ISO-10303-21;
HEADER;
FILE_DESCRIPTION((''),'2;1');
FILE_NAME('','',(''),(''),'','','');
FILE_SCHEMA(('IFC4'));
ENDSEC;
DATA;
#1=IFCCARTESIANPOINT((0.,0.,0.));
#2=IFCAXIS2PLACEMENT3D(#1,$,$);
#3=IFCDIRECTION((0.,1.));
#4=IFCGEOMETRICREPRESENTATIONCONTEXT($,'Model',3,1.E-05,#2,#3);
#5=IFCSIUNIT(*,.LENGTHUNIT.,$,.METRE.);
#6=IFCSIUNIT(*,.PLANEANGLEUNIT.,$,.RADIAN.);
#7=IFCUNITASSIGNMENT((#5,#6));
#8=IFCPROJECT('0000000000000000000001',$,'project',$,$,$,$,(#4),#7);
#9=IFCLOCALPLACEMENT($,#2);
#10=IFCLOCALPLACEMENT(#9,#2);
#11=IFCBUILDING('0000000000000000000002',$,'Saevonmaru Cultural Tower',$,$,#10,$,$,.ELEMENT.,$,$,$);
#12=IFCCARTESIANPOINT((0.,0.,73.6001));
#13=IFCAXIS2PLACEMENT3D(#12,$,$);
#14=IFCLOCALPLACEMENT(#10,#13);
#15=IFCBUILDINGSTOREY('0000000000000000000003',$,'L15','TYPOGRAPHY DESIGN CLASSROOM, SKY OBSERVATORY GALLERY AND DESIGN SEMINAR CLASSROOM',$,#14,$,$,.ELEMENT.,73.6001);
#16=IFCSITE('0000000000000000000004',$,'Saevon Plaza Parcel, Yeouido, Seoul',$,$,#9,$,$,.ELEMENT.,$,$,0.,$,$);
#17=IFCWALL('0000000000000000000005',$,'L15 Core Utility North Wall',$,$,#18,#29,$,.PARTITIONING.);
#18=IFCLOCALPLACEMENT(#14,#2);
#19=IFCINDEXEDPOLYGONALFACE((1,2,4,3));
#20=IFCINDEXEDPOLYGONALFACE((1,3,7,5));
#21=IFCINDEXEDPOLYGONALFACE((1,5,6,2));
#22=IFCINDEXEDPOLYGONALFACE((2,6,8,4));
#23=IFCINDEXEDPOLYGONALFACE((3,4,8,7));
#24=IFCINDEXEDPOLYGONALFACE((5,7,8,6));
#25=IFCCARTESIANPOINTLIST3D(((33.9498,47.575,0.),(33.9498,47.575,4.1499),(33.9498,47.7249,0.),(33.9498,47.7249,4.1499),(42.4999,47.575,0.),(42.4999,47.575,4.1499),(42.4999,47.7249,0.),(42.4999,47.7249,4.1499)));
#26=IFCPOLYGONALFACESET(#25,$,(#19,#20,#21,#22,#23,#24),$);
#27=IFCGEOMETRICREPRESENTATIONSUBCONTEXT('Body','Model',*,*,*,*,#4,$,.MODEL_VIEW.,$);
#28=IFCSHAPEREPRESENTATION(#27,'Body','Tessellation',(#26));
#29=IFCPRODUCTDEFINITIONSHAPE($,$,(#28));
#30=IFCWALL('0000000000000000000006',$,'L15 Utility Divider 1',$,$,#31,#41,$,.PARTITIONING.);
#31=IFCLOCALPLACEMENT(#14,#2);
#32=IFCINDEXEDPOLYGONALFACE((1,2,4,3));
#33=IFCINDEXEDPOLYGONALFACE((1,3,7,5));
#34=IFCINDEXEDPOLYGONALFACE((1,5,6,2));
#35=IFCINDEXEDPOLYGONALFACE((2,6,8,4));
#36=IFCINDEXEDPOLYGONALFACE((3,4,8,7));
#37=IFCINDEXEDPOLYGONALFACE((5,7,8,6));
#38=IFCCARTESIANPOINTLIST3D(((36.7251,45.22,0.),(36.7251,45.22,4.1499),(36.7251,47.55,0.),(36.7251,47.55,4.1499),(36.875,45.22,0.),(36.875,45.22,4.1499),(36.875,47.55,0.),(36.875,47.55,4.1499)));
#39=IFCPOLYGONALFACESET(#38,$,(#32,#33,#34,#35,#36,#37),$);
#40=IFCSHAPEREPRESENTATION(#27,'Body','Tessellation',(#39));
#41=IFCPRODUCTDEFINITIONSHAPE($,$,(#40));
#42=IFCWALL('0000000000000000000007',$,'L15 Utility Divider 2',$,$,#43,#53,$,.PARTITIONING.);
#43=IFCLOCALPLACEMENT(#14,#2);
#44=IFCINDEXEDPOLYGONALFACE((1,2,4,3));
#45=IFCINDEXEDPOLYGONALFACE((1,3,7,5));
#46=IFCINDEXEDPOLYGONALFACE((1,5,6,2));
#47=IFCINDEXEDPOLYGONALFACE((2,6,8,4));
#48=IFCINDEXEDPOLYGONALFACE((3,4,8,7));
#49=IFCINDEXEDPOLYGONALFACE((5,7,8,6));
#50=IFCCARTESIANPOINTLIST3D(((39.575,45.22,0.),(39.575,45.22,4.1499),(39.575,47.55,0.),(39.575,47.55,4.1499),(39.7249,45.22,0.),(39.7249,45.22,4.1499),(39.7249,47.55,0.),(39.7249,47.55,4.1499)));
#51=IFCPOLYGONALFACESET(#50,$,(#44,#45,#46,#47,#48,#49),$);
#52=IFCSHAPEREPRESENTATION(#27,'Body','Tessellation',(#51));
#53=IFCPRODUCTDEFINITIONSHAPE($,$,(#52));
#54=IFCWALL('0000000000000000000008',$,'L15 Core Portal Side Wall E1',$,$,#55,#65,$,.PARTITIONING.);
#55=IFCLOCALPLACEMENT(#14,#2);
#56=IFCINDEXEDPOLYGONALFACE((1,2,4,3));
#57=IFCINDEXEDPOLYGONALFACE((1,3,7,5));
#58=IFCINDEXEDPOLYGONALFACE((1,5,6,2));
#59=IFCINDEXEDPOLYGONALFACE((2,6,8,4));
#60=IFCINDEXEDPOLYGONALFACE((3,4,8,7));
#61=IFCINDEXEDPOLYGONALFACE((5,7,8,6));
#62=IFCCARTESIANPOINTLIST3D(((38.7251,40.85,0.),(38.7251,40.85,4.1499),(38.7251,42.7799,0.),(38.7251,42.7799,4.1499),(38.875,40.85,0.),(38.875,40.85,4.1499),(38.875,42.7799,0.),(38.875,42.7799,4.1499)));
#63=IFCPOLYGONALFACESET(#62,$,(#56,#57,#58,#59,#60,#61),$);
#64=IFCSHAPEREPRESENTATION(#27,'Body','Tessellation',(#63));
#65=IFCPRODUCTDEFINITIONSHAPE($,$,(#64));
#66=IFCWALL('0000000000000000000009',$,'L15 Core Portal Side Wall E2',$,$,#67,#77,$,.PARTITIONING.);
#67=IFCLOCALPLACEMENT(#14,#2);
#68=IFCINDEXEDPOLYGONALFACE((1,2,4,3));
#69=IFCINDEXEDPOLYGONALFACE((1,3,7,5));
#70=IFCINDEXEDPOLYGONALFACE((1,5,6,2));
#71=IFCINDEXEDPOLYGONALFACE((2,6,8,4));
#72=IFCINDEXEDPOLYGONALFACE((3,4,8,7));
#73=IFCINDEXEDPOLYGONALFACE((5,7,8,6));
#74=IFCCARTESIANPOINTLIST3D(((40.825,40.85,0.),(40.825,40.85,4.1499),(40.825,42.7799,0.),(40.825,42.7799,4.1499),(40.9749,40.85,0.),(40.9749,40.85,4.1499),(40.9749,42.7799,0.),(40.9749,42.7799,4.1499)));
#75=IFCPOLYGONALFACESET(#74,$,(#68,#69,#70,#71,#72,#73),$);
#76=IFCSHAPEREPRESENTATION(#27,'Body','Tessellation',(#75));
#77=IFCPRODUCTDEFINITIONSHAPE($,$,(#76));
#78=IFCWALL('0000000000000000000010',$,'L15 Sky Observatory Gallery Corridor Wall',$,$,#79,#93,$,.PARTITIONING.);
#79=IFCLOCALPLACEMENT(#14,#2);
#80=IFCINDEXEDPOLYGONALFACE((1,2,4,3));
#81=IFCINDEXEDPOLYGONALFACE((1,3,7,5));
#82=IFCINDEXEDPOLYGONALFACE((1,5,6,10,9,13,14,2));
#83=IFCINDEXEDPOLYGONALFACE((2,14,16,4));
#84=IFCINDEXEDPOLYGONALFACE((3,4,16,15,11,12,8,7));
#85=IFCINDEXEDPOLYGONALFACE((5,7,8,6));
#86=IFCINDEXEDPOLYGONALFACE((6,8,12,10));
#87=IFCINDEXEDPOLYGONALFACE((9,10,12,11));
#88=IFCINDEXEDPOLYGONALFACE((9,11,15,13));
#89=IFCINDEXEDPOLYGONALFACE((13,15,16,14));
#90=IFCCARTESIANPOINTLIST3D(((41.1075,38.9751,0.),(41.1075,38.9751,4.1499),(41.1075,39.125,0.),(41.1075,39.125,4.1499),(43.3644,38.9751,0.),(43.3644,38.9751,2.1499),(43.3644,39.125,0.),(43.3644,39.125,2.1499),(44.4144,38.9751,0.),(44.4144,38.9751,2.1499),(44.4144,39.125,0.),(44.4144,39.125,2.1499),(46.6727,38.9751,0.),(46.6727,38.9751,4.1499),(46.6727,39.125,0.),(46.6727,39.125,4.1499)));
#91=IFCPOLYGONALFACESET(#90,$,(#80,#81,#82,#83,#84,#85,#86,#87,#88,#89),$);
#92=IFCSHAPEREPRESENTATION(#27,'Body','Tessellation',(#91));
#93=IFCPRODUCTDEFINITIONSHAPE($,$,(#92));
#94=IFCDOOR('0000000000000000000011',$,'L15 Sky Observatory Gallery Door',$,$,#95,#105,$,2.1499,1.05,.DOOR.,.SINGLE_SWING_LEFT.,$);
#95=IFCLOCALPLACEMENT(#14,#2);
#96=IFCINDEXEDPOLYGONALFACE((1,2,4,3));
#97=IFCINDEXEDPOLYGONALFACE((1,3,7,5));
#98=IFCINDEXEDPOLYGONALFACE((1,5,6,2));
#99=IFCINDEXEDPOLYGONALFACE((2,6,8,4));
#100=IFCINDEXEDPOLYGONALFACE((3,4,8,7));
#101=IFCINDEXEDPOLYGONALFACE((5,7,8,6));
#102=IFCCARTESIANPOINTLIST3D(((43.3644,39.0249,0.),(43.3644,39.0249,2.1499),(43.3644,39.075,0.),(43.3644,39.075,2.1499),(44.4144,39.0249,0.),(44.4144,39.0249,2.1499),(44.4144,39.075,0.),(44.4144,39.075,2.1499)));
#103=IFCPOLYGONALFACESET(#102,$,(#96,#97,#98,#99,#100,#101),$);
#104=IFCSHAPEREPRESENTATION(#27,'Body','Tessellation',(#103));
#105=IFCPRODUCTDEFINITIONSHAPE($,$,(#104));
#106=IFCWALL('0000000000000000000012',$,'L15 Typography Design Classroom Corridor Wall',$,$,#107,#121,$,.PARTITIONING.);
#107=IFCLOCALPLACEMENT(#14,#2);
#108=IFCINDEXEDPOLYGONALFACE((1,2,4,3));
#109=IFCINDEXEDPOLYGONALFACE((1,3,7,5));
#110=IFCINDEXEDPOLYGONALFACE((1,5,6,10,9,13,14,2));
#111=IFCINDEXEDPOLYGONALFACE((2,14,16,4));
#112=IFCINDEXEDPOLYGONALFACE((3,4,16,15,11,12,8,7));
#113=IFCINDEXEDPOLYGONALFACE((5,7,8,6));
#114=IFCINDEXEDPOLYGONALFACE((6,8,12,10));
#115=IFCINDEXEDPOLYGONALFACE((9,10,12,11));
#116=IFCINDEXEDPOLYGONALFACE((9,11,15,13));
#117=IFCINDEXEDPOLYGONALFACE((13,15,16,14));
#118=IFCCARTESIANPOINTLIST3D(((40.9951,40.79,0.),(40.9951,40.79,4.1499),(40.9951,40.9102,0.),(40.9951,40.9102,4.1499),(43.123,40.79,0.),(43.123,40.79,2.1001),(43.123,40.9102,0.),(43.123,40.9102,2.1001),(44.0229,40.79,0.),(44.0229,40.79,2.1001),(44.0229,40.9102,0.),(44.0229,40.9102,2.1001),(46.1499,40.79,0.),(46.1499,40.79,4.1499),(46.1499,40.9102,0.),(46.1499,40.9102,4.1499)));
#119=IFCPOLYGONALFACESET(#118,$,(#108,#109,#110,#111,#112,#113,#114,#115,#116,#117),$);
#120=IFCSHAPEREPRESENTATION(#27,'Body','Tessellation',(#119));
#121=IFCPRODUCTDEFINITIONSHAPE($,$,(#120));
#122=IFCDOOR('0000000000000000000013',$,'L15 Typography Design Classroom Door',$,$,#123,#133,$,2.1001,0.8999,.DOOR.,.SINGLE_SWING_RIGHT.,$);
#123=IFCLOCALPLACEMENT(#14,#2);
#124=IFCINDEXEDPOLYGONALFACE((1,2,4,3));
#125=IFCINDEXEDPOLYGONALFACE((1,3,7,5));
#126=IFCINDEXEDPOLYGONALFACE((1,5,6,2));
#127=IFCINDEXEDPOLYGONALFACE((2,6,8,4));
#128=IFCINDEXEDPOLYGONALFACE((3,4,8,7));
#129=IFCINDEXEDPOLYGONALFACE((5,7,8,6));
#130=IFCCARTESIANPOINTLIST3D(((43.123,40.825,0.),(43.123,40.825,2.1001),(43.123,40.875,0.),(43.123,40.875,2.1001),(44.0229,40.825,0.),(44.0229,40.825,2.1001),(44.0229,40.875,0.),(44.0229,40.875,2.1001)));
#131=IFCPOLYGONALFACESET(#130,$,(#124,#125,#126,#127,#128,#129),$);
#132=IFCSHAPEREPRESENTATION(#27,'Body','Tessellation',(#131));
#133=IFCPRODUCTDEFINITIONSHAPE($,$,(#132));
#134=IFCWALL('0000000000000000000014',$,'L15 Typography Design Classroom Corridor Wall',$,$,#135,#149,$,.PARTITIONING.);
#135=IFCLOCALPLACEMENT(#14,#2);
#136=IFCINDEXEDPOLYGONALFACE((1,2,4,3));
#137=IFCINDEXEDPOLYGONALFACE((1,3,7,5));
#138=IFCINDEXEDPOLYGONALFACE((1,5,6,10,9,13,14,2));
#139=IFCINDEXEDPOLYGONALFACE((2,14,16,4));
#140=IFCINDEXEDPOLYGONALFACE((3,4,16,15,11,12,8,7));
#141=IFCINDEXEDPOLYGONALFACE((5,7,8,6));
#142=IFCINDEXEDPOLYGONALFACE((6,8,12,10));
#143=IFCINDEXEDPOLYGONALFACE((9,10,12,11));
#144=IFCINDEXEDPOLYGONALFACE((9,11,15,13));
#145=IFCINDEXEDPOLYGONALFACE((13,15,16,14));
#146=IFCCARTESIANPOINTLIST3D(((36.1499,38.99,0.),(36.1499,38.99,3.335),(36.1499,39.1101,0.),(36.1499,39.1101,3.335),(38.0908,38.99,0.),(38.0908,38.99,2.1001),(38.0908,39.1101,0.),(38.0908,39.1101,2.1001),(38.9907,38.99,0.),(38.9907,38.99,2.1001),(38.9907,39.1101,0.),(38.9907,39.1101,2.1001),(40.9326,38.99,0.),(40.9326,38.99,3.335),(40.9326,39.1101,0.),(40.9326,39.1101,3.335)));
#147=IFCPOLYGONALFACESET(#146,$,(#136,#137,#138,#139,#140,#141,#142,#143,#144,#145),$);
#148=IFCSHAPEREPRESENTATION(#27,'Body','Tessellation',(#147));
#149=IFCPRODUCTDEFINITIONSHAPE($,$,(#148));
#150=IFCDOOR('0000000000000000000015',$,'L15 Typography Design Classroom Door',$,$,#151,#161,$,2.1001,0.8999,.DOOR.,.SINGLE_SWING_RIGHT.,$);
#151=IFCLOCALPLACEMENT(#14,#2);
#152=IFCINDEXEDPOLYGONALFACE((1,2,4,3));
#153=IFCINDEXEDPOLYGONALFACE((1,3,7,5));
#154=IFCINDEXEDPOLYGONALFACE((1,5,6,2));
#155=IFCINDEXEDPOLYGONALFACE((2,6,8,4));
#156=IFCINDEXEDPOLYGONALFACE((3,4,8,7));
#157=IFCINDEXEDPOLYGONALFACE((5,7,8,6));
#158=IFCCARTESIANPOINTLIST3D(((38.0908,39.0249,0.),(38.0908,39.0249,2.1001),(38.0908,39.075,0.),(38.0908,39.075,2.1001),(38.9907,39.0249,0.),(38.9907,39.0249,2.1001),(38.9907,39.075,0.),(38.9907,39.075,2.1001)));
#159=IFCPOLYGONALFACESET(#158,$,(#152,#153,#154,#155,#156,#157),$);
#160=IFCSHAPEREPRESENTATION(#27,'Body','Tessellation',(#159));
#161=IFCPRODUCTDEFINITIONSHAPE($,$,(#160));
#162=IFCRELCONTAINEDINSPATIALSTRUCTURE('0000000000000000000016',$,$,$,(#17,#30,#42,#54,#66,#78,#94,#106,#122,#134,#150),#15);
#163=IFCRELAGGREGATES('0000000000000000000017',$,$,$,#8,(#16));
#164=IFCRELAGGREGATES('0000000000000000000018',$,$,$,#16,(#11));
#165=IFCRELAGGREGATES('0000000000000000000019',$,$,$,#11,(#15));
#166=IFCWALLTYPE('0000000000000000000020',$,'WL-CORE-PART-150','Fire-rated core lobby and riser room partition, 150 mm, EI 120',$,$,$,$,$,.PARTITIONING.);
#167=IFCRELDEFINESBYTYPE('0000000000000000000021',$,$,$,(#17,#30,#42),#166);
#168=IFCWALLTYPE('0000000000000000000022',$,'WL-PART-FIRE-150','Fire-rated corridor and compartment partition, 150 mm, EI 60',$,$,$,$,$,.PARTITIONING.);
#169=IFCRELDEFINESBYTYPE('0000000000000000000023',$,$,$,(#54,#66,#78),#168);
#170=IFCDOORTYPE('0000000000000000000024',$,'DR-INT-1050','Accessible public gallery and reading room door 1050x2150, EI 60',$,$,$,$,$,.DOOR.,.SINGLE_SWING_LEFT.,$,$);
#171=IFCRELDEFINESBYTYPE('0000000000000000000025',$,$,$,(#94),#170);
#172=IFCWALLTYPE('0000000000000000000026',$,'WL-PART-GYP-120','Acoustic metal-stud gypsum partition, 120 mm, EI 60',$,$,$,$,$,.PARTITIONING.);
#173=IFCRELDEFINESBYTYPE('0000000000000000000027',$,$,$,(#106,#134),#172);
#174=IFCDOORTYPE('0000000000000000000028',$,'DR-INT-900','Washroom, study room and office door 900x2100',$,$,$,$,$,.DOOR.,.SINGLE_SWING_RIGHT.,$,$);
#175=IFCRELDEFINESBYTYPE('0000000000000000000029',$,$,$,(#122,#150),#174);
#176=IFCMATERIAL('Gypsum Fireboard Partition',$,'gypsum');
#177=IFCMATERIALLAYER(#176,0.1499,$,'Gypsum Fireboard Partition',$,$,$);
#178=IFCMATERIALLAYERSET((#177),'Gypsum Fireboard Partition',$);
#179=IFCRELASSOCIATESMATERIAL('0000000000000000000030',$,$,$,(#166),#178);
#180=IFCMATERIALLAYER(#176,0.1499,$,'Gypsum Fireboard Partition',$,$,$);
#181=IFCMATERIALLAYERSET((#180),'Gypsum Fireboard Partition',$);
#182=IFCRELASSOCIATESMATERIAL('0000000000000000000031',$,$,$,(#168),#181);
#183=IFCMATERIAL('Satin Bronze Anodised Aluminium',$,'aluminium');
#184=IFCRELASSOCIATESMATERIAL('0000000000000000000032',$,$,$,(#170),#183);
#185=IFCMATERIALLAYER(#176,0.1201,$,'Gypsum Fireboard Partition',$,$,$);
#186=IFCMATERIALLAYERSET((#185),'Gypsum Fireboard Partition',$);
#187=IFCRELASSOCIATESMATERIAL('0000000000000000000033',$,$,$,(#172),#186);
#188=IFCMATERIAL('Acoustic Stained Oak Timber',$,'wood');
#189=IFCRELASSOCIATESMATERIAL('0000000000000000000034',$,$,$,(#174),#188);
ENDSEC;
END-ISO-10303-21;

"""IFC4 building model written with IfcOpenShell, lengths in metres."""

from ifc_helpers import new_model, si_unit, direction, frame, frame_2d, origin, place, context, subcontext, project, spatial, rectangle, extrude, material, layer, layer_set, type_object, element, fill, save


model = new_model("IFC4")

# Units and contexts
model_context = context("Model", 3, precision=1e-05, world=origin(), true_north=direction((0.0, 1.0)))
body_context = subcontext(model_context, "Body", "Model", "MODEL_VIEW")
ifc_project = project(units=[si_unit("LENGTHUNIT", "METRE"), si_unit("PLANEANGLEUNIT", "RADIAN")], contexts=[model_context])

# Site, building, storey
site_placement = place(None, origin())
site = spatial("IfcSite", under=ifc_project, at=site_placement, Name="Saevon Plaza Parcel, Yeouido, Seoul", CompositionType="ELEMENT", RefElevation=0.0)
building_placement = place(site_placement, origin())
building = spatial("IfcBuilding", under=site, at=building_placement, Name="Saevonmaru Cultural Tower", CompositionType="ELEMENT")
storey_placement = place(building_placement, frame((0.0, 0.0, 73.6001)))
storey = spatial("IfcBuildingStorey", under=building, at=storey_placement, Name="L15", Description="TYPOGRAPHY DESIGN CLASSROOM, SKY OBSERVATORY GALLERY AND DESIGN SEMINAR CLASSROOM", CompositionType="ELEMENT", Elevation=73.6001)

# Shared definitions
ifc_material_1 = material(Name="Satin Bronze Anodised Aluminium", Category="aluminium")

# Walls
ifc_material_2 = material(Name="Gypsum Fireboard Partition", Category="gypsum")
ifc_layer_1 = layer(ifc_material_2, 0.1499, Name="Gypsum Fireboard Partition")
ifc_layer_set_1 = layer_set([ifc_layer_1], Name="Gypsum Fireboard Partition")
wall_type_1 = type_object("IfcWallType", Name="WL-CORE-PART-150", Description="Fire-rated core lobby and riser room partition, 150 mm, EI 120", PredefinedType="PARTITIONING", material=ifc_layer_set_1)
wall_1_placement = place(storey_placement, frame((33.95, 47.6499, 0.0), z_axis=(0.0, 0.0, 1.0), x_axis=(1.0, 0.0, 0.0)))
element("IfcWall", 1, at=wall_1_placement, inside=storey, type_object=wall_type_1, Name="L15 Core Utility North Wall", PredefinedType="PARTITIONING", context=body_context, shape_type="SweptSolid", body=[
    extrude(rectangle(XDim=8.55, YDim=0.1499, at=frame_2d((4.2749, 0.0))), origin(), (0.0, 0.0, 1.0), 4.1499),
])
for number, where, z_axis, x_axis, name in (
    (2, (36.8, 45.22, 0.0), (0.0, 0.0, 1.0), (0.0, 1.0, 0.0), "L15 Utility Divider 1"),
    (3, (39.6499, 45.22, 0.0), (0.0, 0.0, 1.0), (0.0, 1.0, 0.0), "L15 Utility Divider 2"),
):
    element("IfcWall", number, at=place(storey_placement, frame(where, z_axis=z_axis, x_axis=x_axis)), inside=storey, type_object=wall_type_1, Name=name, PredefinedType="PARTITIONING", context=body_context, shape_type="SweptSolid", body=[
        extrude(rectangle(XDim=2.3301, YDim=0.1499, at=frame_2d((1.165, 0.0))), origin(), (0.0, 0.0, 1.0), 4.1499),
    ])
ifc_layer_2 = layer(ifc_material_2, 0.1499, Name="Gypsum Fireboard Partition")
ifc_layer_set_2 = layer_set([ifc_layer_2], Name="Gypsum Fireboard Partition")
wall_type_2 = type_object("IfcWallType", Name="WL-PART-FIRE-150", Description="Fire-rated corridor and compartment partition, 150 mm, EI 60", PredefinedType="PARTITIONING", material=ifc_layer_set_2)
for number, where, z_axis, x_axis, name in (
    (4, (38.8, 40.8501, 0.0), (0.0, 0.0, 1.0), (0.0, 1.0, 0.0), "L15 Core Portal Side Wall E1"),
    (5, (40.8999, 40.8501, 0.0), (0.0, 0.0, 1.0), (0.0, 1.0, 0.0), "L15 Core Portal Side Wall E2"),
):
    element("IfcWall", number, at=place(storey_placement, frame(where, z_axis=z_axis, x_axis=x_axis)), inside=storey, type_object=wall_type_2, Name=name, PredefinedType="PARTITIONING", context=body_context, shape_type="SweptSolid", body=[
        extrude(rectangle(XDim=1.9299, YDim=0.1499, at=frame_2d((0.9648, 0.0))), origin(), (0.0, 0.0, 1.0), 4.1499),
    ])

# Walls, openings, doors
wall_2_placement = place(storey_placement, frame((41.1074, 39.05, 0.0), z_axis=(0.0, 0.0, 1.0), x_axis=(1.0, 0.0, 0.0)))
wall_2 = element("IfcWall", 6, at=wall_2_placement, inside=storey, type_object=wall_type_2, Name="L15 Sky Observatory Gallery Corridor Wall", PredefinedType="PARTITIONING", context=body_context, shape_type="SweptSolid", body=[
    extrude(rectangle(XDim=5.5652, YDim=0.1499, at=frame_2d((2.7827, 0.0))), origin(), (0.0, 0.0, 1.0), 4.1499),
])
opening_1_placement = place(wall_2_placement, frame((2.2571, 0.0, 0.0)))
opening_1 = element("IfcOpeningElement", 7, at=opening_1_placement, cuts=wall_2, PredefinedType="OPENING", context=body_context, shape_type="SweptSolid", body=[
    extrude(rectangle(XDim=1.05, YDim=2.1499, at=frame_2d((0.5249, 1.075))), frame((0.0, 0.085, 0.0), z_axis=(0.0, -1.0, 0.0), x_axis=(1.0, 0.0, 0.0)), (0.0, 0.0, 1.0), 0.1699),
])
door_type_1 = type_object("IfcDoorType", Name="DR-INT-1050", Description="Accessible public gallery and reading room door 1050x2150, EI 60", OperationType="SINGLE_SWING_LEFT", PredefinedType="DOOR", material=ifc_material_1)
door_1_placement = place(opening_1_placement, origin())
door_1 = element("IfcDoor", 8, at=door_1_placement, inside=storey, type_object=door_type_1, Name="L15 Sky Observatory Gallery Door", OperationType="SINGLE_SWING_LEFT", OverallHeight=2.1499, OverallWidth=1.05, PredefinedType="DOOR", context=body_context, shape_type="SweptSolid", body=[
    extrude(rectangle(XDim=1.05, YDim=2.1499, at=frame_2d((0.5249, 1.075))), frame((0.0, 0.0249, 0.0), z_axis=(0.0, -1.0, 0.0), x_axis=(1.0, 0.0, 0.0)), (0.0, 0.0, 1.0), 0.05),
])
fill(opening_1, door_1)
ifc_layer_3 = layer(ifc_material_2, 0.1201, Name="Gypsum Fireboard Partition")
ifc_layer_set_3 = layer_set([ifc_layer_3], Name="Gypsum Fireboard Partition")
wall_type_3 = type_object("IfcWallType", Name="WL-PART-GYP-120", Description="Acoustic metal-stud gypsum partition, 120 mm, EI 60", PredefinedType="PARTITIONING", material=ifc_layer_set_3)
wall_3_placement = place(storey_placement, frame((40.9951, 40.8501, 0.0), z_axis=(0.0, 0.0, 1.0), x_axis=(1.0, 0.0, 0.0)))
wall_3 = element("IfcWall", 9, at=wall_3_placement, inside=storey, type_object=wall_type_3, Name="L15 Typography Design Classroom Corridor Wall", PredefinedType="PARTITIONING", context=body_context, shape_type="SweptSolid", body=[
    extrude(rectangle(XDim=5.1548, YDim=0.1201, at=frame_2d((2.5774, 0.0))), origin(), (0.0, 0.0, 1.0), 4.1499),
])
opening_2_placement = place(wall_3_placement, frame((2.1279, 0.0, 0.0)))
opening_2 = element("IfcOpeningElement", 10, at=opening_2_placement, cuts=wall_3, PredefinedType="OPENING", context=body_context, shape_type="SweptSolid", body=[
    extrude(rectangle(XDim=0.8999, YDim=2.1001, at=frame_2d((0.45, 1.05))), frame((0.0, 0.0701, 0.0), z_axis=(0.0, -1.0, 0.0), x_axis=(1.0, 0.0, 0.0)), (0.0, 0.0, 1.0), 0.1401),
])
ifc_material_3 = material(Name="Acoustic Stained Oak Timber", Category="wood")
door_type_2 = type_object("IfcDoorType", Name="DR-INT-900", Description="Washroom, study room and office door 900x2100", OperationType="SINGLE_SWING_RIGHT", PredefinedType="DOOR", material=ifc_material_3)
door_2_placement = place(opening_2_placement, origin())
door_2 = element("IfcDoor", 11, at=door_2_placement, inside=storey, type_object=door_type_2, Name="L15 Typography Design Classroom Door", OperationType="SINGLE_SWING_RIGHT", OverallHeight=2.1001, OverallWidth=0.8999, PredefinedType="DOOR", context=body_context, shape_type="SweptSolid", body=[
    extrude(rectangle(XDim=0.8999, YDim=2.1001, at=frame_2d((0.45, 1.05))), frame((0.0, 0.0249, 0.0), z_axis=(0.0, -1.0, 0.0), x_axis=(1.0, 0.0, 0.0)), (0.0, 0.0, 1.0), 0.05),
])
fill(opening_2, door_2)
wall_4_placement = place(storey_placement, frame((36.1499, 39.05, 0.0), z_axis=(0.0, 0.0, 1.0), x_axis=(1.0, 0.0, 0.0)))
wall_4 = element("IfcWall", 12, at=wall_4_placement, inside=storey, type_object=wall_type_3, Name="L15 Typography Design Classroom Corridor Wall", PredefinedType="PARTITIONING", context=body_context, shape_type="SweptSolid", body=[
    extrude(rectangle(XDim=4.7827, YDim=0.1201, at=frame_2d((2.3914, 0.0))), origin(), (0.0, 0.0, 1.0), 3.335),
])
opening_3_placement = place(wall_4_placement, frame((1.9409, 0.0, 0.0)))
opening_3 = element("IfcOpeningElement", 13, at=opening_3_placement, cuts=wall_4, PredefinedType="OPENING", context=body_context, shape_type="SweptSolid", body=[
    extrude(rectangle(XDim=0.8999, YDim=2.1001, at=frame_2d((0.45, 1.05))), frame((0.0, 0.0701, 0.0), z_axis=(0.0, -1.0, 0.0), x_axis=(1.0, 0.0, 0.0)), (0.0, 0.0, 1.0), 0.1401),
])
door_3_placement = place(opening_3_placement, origin())
door_3 = element("IfcDoor", 14, at=door_3_placement, inside=storey, type_object=door_type_2, Name="L15 Typography Design Classroom Door", OperationType="SINGLE_SWING_RIGHT", OverallHeight=2.1001, OverallWidth=0.8999, PredefinedType="DOOR", context=body_context, shape_type="SweptSolid", body=[
    extrude(rectangle(XDim=0.8999, YDim=2.1001, at=frame_2d((0.45, 1.05))), frame((0.0, 0.0249, 0.0), z_axis=(0.0, -1.0, 0.0), x_axis=(1.0, 0.0, 0.0)), (0.0, 0.0, 1.0), 0.05),
])
fill(opening_3, door_3)

save(model, "model.ifc")
